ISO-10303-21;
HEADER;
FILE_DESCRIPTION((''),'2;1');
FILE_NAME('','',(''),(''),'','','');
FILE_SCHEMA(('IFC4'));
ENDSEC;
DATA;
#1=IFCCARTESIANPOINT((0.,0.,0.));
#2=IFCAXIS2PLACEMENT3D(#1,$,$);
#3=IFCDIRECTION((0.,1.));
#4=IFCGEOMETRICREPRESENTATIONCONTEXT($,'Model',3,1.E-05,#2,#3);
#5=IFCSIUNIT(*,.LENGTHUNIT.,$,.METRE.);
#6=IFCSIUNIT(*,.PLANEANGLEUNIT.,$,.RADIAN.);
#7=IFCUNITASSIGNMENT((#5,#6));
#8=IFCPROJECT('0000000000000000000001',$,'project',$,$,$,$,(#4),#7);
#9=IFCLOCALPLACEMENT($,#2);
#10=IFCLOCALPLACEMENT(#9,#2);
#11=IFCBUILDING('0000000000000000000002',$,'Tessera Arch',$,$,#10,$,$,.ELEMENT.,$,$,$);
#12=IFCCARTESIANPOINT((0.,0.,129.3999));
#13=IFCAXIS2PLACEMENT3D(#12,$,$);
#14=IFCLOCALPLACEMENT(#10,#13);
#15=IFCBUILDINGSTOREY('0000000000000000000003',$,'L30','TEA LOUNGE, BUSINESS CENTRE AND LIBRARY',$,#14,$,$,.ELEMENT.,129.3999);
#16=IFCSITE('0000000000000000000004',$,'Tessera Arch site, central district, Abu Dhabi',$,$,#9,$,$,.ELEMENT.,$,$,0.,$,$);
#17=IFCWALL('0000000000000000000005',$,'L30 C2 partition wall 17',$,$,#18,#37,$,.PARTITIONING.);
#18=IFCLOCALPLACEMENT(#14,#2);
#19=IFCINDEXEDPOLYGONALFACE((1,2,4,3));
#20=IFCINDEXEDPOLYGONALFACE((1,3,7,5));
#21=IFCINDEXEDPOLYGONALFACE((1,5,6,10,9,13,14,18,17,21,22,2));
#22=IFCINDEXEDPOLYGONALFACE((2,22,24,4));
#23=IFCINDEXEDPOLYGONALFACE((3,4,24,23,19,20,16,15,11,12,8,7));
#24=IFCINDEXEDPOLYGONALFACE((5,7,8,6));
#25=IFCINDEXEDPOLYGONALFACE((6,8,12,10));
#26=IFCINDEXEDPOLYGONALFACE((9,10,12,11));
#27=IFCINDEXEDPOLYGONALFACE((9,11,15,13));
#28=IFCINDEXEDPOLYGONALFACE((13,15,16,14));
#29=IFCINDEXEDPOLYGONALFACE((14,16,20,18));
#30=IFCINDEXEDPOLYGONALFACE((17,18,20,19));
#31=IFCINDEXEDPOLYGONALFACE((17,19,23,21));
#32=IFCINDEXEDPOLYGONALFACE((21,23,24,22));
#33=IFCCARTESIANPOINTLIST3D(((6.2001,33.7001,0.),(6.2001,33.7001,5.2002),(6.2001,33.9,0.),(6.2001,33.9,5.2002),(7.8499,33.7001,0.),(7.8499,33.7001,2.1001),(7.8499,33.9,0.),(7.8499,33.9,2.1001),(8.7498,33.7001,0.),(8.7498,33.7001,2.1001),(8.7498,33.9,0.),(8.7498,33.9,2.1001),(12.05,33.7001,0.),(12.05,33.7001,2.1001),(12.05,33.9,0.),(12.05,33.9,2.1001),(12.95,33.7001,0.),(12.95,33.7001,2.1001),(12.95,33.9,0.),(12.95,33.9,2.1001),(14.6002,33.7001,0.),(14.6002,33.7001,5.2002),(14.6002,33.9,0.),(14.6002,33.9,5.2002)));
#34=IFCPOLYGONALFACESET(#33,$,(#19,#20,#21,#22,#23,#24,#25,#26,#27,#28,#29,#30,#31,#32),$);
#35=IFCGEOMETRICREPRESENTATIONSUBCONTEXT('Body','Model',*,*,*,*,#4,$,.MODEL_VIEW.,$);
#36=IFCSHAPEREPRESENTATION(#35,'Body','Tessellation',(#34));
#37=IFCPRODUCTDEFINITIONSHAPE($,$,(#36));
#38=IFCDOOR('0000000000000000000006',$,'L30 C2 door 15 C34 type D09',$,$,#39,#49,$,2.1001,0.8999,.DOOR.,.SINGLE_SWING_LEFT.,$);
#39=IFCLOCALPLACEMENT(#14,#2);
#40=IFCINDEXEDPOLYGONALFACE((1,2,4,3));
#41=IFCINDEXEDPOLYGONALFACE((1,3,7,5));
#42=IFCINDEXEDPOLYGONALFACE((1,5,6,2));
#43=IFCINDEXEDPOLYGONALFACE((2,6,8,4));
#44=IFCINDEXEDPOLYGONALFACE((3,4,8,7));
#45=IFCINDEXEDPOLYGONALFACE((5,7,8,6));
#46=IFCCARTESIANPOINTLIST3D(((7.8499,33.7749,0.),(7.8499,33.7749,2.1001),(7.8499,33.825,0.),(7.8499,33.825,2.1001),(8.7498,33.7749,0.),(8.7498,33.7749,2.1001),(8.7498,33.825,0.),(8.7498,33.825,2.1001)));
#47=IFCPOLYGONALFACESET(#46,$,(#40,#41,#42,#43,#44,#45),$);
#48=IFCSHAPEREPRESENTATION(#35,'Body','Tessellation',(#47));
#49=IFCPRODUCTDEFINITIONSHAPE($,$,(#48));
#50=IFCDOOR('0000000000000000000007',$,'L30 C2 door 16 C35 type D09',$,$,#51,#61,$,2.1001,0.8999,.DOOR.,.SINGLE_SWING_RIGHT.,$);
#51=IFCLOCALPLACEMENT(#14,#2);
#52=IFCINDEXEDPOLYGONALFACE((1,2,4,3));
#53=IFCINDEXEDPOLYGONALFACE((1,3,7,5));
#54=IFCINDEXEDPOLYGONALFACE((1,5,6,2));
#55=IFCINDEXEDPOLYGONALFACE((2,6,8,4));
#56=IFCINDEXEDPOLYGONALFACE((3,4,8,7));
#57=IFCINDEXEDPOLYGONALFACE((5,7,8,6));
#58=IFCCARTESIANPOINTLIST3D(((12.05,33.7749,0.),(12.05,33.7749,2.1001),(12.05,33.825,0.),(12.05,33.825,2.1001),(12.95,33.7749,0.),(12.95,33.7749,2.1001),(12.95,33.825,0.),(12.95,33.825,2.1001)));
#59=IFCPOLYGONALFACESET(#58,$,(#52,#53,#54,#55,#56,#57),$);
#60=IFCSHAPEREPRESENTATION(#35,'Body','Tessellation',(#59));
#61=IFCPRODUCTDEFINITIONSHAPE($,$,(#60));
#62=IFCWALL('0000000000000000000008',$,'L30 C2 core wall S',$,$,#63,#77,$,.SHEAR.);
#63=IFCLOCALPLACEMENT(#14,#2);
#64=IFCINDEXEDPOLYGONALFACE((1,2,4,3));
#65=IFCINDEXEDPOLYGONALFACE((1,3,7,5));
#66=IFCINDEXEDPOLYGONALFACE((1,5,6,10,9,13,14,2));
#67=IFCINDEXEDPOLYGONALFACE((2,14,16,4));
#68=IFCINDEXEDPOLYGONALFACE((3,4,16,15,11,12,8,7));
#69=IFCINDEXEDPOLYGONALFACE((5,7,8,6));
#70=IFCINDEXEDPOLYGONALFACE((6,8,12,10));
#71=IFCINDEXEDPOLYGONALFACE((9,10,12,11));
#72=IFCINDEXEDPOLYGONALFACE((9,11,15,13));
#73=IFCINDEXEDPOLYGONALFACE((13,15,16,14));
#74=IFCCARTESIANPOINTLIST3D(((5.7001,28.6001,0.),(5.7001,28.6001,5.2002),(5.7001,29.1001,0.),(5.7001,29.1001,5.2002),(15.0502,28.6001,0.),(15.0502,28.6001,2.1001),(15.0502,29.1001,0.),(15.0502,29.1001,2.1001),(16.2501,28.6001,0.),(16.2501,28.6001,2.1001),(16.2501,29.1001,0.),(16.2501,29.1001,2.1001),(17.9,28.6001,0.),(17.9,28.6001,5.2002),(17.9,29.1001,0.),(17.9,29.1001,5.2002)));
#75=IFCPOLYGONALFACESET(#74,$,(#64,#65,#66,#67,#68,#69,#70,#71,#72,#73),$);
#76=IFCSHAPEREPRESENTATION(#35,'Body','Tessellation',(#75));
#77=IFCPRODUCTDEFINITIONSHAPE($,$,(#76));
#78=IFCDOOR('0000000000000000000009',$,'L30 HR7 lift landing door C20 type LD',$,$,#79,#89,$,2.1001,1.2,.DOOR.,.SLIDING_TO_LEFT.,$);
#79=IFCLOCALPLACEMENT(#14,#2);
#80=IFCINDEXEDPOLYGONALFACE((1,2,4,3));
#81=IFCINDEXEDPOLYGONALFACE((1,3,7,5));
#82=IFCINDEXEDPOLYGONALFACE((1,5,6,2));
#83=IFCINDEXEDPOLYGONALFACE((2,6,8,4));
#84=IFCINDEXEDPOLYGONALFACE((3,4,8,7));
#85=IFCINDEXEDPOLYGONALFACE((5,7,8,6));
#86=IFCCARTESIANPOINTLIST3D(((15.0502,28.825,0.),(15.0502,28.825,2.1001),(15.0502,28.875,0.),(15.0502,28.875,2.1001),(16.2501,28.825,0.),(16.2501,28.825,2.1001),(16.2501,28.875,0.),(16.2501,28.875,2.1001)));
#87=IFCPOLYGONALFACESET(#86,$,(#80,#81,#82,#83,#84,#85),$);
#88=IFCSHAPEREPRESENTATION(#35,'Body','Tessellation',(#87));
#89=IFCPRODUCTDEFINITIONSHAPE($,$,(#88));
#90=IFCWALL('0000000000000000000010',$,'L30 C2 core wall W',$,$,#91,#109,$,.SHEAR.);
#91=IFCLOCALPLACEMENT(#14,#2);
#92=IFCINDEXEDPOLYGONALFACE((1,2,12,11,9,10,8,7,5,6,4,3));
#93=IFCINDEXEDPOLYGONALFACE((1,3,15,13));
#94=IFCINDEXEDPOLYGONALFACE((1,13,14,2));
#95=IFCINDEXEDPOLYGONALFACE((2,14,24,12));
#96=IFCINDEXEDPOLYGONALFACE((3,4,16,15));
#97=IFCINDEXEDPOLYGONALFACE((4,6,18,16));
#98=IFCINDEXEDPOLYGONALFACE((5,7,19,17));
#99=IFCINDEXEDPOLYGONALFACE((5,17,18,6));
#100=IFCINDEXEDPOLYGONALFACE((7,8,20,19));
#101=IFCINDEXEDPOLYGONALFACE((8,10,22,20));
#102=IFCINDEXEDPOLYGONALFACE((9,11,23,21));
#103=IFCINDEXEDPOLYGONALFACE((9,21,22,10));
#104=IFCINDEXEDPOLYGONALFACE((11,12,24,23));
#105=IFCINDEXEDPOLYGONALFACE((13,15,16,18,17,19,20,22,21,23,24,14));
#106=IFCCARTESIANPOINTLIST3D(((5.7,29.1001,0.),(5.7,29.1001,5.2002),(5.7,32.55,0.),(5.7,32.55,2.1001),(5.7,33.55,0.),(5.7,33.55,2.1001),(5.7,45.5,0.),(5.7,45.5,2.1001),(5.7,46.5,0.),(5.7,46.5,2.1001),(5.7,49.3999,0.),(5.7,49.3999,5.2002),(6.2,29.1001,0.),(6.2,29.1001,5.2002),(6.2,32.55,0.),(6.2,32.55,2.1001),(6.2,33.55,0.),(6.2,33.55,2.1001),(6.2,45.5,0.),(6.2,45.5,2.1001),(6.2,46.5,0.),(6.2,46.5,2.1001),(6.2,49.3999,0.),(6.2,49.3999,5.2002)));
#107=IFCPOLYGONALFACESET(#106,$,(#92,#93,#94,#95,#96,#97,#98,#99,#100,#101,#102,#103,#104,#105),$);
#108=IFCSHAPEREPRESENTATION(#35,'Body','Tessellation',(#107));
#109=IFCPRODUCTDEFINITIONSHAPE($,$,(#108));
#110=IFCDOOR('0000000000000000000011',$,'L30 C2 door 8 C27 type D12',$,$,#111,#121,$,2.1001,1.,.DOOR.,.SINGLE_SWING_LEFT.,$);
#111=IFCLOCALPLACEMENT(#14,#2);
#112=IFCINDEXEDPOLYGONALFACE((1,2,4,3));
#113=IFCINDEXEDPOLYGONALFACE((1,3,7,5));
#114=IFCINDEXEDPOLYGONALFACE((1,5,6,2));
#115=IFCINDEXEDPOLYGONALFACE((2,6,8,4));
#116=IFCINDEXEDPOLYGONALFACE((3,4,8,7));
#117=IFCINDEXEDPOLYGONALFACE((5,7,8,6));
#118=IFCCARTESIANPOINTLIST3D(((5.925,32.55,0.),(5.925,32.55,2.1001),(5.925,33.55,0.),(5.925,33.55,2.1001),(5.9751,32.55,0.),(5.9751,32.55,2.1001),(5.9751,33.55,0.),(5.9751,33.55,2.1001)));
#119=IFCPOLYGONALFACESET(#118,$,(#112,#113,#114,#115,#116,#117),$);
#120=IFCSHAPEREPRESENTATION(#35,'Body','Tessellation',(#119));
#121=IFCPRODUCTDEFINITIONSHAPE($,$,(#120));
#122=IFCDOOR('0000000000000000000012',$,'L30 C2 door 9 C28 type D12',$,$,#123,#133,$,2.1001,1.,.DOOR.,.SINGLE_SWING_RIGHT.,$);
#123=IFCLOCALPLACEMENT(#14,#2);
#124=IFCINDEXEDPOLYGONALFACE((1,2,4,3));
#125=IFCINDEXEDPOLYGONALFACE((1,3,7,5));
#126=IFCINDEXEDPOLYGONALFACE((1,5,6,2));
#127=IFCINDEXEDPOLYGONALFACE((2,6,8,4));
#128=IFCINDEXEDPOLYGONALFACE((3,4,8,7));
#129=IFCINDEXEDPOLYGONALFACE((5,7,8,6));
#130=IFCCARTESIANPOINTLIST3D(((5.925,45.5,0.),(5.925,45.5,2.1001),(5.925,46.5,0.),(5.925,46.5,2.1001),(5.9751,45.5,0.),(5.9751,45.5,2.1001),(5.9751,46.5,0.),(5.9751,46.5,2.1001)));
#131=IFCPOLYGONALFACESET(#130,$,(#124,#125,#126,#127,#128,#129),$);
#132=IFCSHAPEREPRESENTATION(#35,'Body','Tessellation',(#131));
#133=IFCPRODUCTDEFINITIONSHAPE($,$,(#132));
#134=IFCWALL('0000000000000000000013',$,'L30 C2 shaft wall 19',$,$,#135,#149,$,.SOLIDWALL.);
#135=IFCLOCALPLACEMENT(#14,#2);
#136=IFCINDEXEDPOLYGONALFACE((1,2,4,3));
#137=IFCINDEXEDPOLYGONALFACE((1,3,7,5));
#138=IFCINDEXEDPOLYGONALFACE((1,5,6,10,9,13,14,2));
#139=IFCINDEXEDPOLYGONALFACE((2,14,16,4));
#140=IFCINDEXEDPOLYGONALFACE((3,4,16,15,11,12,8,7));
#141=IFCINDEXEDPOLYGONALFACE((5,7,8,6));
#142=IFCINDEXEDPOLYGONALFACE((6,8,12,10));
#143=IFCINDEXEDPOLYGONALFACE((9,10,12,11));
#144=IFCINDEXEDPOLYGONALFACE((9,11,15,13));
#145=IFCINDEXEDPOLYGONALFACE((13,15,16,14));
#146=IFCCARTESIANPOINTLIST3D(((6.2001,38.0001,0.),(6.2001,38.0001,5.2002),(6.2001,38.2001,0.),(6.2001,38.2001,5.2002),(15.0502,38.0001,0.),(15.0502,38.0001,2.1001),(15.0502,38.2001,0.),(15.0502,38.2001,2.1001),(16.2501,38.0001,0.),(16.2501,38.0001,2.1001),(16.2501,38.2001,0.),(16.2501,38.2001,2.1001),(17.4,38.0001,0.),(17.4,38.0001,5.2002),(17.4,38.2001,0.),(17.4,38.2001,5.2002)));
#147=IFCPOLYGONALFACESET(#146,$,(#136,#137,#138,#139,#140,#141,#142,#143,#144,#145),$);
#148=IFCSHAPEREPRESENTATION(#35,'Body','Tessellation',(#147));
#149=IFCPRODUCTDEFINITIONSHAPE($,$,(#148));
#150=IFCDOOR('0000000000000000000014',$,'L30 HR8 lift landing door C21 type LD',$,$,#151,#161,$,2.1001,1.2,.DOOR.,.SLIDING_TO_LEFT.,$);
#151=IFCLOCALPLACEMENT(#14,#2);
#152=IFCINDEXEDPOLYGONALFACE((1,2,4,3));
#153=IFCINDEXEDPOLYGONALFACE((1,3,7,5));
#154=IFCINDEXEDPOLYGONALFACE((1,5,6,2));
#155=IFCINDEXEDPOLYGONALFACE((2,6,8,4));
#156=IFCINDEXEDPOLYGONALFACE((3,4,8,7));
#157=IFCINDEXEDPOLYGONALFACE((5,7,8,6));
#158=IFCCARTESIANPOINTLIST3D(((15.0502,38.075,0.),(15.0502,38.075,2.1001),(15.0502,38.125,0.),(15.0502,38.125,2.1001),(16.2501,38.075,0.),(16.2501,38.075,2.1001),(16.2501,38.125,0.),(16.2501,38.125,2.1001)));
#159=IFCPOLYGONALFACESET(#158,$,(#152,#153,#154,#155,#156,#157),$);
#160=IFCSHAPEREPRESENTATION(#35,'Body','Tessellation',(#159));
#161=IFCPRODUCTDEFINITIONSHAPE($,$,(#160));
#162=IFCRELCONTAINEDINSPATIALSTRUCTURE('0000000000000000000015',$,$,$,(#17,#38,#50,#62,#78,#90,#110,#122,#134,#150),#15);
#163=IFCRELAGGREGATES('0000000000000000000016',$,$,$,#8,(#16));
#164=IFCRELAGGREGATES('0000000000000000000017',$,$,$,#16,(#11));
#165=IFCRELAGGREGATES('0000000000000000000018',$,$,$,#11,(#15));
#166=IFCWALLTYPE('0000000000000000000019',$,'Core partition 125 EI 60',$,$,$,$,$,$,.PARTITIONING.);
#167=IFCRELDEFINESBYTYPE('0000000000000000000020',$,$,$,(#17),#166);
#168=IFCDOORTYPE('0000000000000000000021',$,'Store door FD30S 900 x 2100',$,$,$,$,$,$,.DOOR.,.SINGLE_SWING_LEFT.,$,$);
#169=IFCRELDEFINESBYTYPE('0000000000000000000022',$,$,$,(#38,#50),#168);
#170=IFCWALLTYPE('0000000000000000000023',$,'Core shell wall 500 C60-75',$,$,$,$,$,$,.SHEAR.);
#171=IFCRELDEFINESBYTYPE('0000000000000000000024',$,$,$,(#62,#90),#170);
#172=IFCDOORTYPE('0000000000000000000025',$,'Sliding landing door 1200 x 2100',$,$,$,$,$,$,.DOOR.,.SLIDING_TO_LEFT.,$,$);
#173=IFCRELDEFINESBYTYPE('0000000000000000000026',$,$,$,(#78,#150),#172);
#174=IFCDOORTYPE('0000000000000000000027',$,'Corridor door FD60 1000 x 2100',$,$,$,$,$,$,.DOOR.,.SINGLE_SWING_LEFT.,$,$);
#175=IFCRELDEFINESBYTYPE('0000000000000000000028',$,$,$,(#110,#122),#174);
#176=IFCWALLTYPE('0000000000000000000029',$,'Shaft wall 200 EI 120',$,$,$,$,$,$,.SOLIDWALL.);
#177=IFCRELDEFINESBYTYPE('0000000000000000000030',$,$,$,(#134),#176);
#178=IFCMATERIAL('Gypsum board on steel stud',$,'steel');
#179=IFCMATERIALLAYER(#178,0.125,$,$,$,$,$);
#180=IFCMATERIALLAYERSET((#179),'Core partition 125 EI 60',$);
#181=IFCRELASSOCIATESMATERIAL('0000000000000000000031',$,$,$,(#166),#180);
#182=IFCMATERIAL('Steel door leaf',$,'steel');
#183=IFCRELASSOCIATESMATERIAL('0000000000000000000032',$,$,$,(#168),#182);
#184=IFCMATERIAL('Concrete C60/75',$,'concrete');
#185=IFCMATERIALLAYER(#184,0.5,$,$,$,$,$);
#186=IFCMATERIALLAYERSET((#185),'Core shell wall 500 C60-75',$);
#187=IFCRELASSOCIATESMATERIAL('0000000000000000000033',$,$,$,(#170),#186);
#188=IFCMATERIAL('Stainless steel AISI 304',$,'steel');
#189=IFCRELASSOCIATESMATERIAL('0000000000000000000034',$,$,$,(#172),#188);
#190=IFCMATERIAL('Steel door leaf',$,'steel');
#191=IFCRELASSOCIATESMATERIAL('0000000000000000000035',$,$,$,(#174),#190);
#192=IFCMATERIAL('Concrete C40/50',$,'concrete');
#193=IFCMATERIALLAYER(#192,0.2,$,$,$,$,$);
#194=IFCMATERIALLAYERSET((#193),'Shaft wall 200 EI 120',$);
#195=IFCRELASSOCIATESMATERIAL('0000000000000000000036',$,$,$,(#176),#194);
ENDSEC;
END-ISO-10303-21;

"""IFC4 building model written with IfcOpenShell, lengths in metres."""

from ifc_helpers import new_model, si_unit, direction, frame, frame_2d, origin, place, context, subcontext, project, spatial, rectangle, extrude, material, layer, layer_set, type_object, element, fill, save


model = new_model("IFC4")

# Units and contexts
model_context = context("Model", 3, precision=1e-05, world=origin(), true_north=direction((0.0, 1.0)))
body_context = subcontext(model_context, "Body", "Model", "MODEL_VIEW")
ifc_project = project(units=[si_unit("LENGTHUNIT", "METRE"), si_unit("PLANEANGLEUNIT", "RADIAN")], contexts=[model_context])

# Site, building, storey
site_placement = place(None, origin())
site = spatial("IfcSite", under=ifc_project, at=site_placement, Name="Tessera Arch site, central district, Abu Dhabi", CompositionType="ELEMENT", RefElevation=0.0)
building_placement = place(site_placement, origin())
building = spatial("IfcBuilding", under=site, at=building_placement, Name="Tessera Arch", CompositionType="ELEMENT")
storey_placement = place(building_placement, frame((0.0, 0.0, 129.3999)))
storey = spatial("IfcBuildingStorey", under=building, at=storey_placement, Name="L30", Description="TEA LOUNGE, BUSINESS CENTRE AND LIBRARY", CompositionType="ELEMENT", Elevation=129.3999)

# Shared definitions
ifc_material_1 = material(Name="Gypsum board on steel stud", Category="steel")
ifc_layer_1 = layer(ifc_material_1, 0.125)
ifc_layer_set_1 = layer_set([ifc_layer_1], Name="Core partition 125 EI 60")
wall_type_1 = type_object("IfcWallType", Name="Core partition 125 EI 60", PredefinedType="PARTITIONING", material=ifc_layer_set_1)

# Wall, openings, doors
ifc_material_2 = material(Name="Steel door leaf", Category="steel")
door_type_1 = type_object("IfcDoorType", Name="Store door FD30S 900 x 2100", OperationType="SINGLE_SWING_LEFT", PredefinedType="DOOR", material=ifc_material_2)
wall_1_placement = place(storey_placement, frame((6.2, 33.8, 0.0), z_axis=(0.0, 0.0, 1.0), x_axis=(1.0, 0.0, 0.0)))
wall_1 = element("IfcWall", 1, at=wall_1_placement, inside=storey, type_object=wall_type_1, Name="L30 C2 partition wall 17", PredefinedType="PARTITIONING", context=body_context, shape_type="SweptSolid", body=[
    extrude(rectangle(XDim=8.4001, YDim=0.2, at=frame_2d((4.2002, 0.0))), origin(), (0.0, 0.0, 1.0), 5.2002),
])
opening_1_placement = place(wall_1_placement, frame((1.6499, 0.0, 0.0)))
opening_1 = element("IfcOpeningElement", 2, at=opening_1_placement, cuts=wall_1, PredefinedType="OPENING", context=body_context, shape_type="SweptSolid", body=[
    extrude(rectangle(XDim=0.8999, YDim=2.1001, at=frame_2d((0.45, 1.05))), frame((0.0, 0.1099, 0.0), z_axis=(0.0, -1.0, 0.0), x_axis=(1.0, 0.0, 0.0)), (0.0, 0.0, 1.0), 0.22),
])
opening_2_placement = place(wall_1_placement, frame((5.8501, 0.0, 0.0)))
opening_2 = element("IfcOpeningElement", 3, at=opening_2_placement, cuts=wall_1, PredefinedType="OPENING", context=body_context, shape_type="SweptSolid", body=[
    extrude(rectangle(XDim=0.8999, YDim=2.1001, at=frame_2d((0.45, 1.05))), frame((0.0, 0.1099, 0.0), z_axis=(0.0, -1.0, 0.0), x_axis=(1.0, 0.0, 0.0)), (0.0, 0.0, 1.0), 0.22),
])
door_1_placement = place(opening_1_placement, origin())
door_1 = element("IfcDoor", 4, at=door_1_placement, inside=storey, type_object=door_type_1, Name="L30 C2 door 15 C34 type D09", OperationType="SINGLE_SWING_LEFT", OverallHeight=2.1001, OverallWidth=0.8999, PredefinedType="DOOR", context=body_context, shape_type="SweptSolid", body=[
    extrude(rectangle(XDim=0.8999, YDim=2.1001, at=frame_2d((0.45, 1.05))), frame((0.0, 0.0249, 0.0), z_axis=(0.0, -1.0, 0.0), x_axis=(1.0, 0.0, 0.0)), (0.0, 0.0, 1.0), 0.05),
])
fill(opening_1, door_1)
door_2_placement = place(opening_2_placement, origin())
door_2 = element("IfcDoor", 5, at=door_2_placement, inside=storey, type_object=door_type_1, Name="L30 C2 door 16 C35 type D09", OperationType="SINGLE_SWING_RIGHT", OverallHeight=2.1001, OverallWidth=0.8999, PredefinedType="DOOR", context=body_context, shape_type="SweptSolid", body=[
    extrude(rectangle(XDim=0.8999, YDim=2.1001, at=frame_2d((0.45, 1.05))), frame((0.0, 0.0249, 0.0), z_axis=(0.0, -1.0, 0.0), x_axis=(1.0, 0.0, 0.0)), (0.0, 0.0, 1.0), 0.05),
])
fill(opening_2, door_2)

# Wall, opening, door
ifc_material_3 = material(Name="Concrete C60/75", Category="concrete")
ifc_layer_2 = layer(ifc_material_3, 0.5)
ifc_layer_set_2 = layer_set([ifc_layer_2], Name="Core shell wall 500 C60-75")
wall_type_2 = type_object("IfcWallType", Name="Core shell wall 500 C60-75", PredefinedType="SHEAR", material=ifc_layer_set_2)
wall_2_placement = place(storey_placement, frame((5.7, 28.8501, 0.0), z_axis=(0.0, 0.0, 1.0), x_axis=(1.0, 0.0, 0.0)))
wall_2 = element("IfcWall", 6, at=wall_2_placement, inside=storey, type_object=wall_type_2, Name="L30 C2 core wall S", PredefinedType="SHEAR", context=body_context, shape_type="SweptSolid", body=[
    extrude(rectangle(XDim=12.2, YDim=0.5, at=frame_2d((6.1001, 0.0))), origin(), (0.0, 0.0, 1.0), 5.2002),
])
opening_3_placement = place(wall_2_placement, frame((9.3501, 0.0, 0.0)))
opening_3 = element("IfcOpeningElement", 7, at=opening_3_placement, cuts=wall_2, PredefinedType="OPENING", context=body_context, shape_type="SweptSolid", body=[
    extrude(rectangle(XDim=1.2, YDim=2.1001, at=frame_2d((0.6001, 1.05))), frame((0.0, 0.26, 0.0), z_axis=(0.0, -1.0, 0.0), x_axis=(1.0, 0.0, 0.0)), (0.0, 0.0, 1.0), 0.52),
])
ifc_material_4 = material(Name="Stainless steel AISI 304", Category="steel")
door_type_2 = type_object("IfcDoorType", Name="Sliding landing door 1200 x 2100", OperationType="SLIDING_TO_LEFT", PredefinedType="DOOR", material=ifc_material_4)
door_3_placement = place(opening_3_placement, origin())
door_3 = element("IfcDoor", 8, at=door_3_placement, inside=storey, type_object=door_type_2, Name="L30 HR7 lift landing door C20 type LD", OperationType="SLIDING_TO_LEFT", OverallHeight=2.1001, OverallWidth=1.2, PredefinedType="DOOR", context=body_context, shape_type="SweptSolid", body=[
    extrude(rectangle(XDim=1.2, YDim=2.1001, at=frame_2d((0.6001, 1.05))), frame((0.0, 0.0249, 0.0), z_axis=(0.0, -1.0, 0.0), x_axis=(1.0, 0.0, 0.0)), (0.0, 0.0, 1.0), 0.05),
])
fill(opening_3, door_3)

# Wall, openings, doors
wall_3_placement = place(storey_placement, frame((5.95, 29.1001, 0.0), z_axis=(0.0, 0.0, 1.0), x_axis=(0.0, 1.0, 0.0)))
wall_3 = element("IfcWall", 9, at=wall_3_placement, inside=storey, type_object=wall_type_2, Name="L30 C2 core wall W", PredefinedType="SHEAR", context=body_context, shape_type="SweptSolid", body=[
    extrude(rectangle(XDim=20.2998, YDim=0.5, at=frame_2d((10.1499, 0.0))), origin(), (0.0, 0.0, 1.0), 5.2002),
])
opening_4_placement = place(wall_3_placement, frame((3.45, 0.0, 0.0)))
opening_4 = element("IfcOpeningElement", 10, at=opening_4_placement, cuts=wall_3, PredefinedType="OPENING", context=body_context, shape_type="SweptSolid", body=[
    extrude(rectangle(XDim=1.0, YDim=2.1001, at=frame_2d((0.5, 1.05))), frame((0.0, 0.26, 0.0), z_axis=(0.0, -1.0, 0.0), x_axis=(1.0, 0.0, 0.0)), (0.0, 0.0, 1.0), 0.52),
])
opening_5_placement = place(wall_3_placement, frame((16.3999, 0.0, 0.0)))
opening_5 = element("IfcOpeningElement", 11, at=opening_5_placement, cuts=wall_3, PredefinedType="OPENING", context=body_context, shape_type="SweptSolid", body=[
    extrude(rectangle(XDim=1.0, YDim=2.1001, at=frame_2d((0.5, 1.05))), frame((0.0, 0.26, 0.0), z_axis=(0.0, -1.0, 0.0), x_axis=(1.0, 0.0, 0.0)), (0.0, 0.0, 1.0), 0.52),
])
ifc_material_5 = material(Name="Steel door leaf", Category="steel")
door_type_3 = type_object("IfcDoorType", Name="Corridor door FD60 1000 x 2100", OperationType="SINGLE_SWING_LEFT", PredefinedType="DOOR", material=ifc_material_5)
door_4_placement = place(opening_4_placement, origin())
door_4 = element("IfcDoor", 12, at=door_4_placement, inside=storey, type_object=door_type_3, Name="L30 C2 door 8 C27 type D12", OperationType="SINGLE_SWING_LEFT", OverallHeight=2.1001, OverallWidth=1.0, PredefinedType="DOOR", context=body_context, shape_type="SweptSolid", body=[
    extrude(rectangle(XDim=1.0, YDim=2.1001, at=frame_2d((0.5, 1.05))), frame((0.0, 0.0249, 0.0), z_axis=(0.0, -1.0, 0.0), x_axis=(1.0, 0.0, 0.0)), (0.0, 0.0, 1.0), 0.05),
])
fill(opening_4, door_4)
door_5_placement = place(opening_5_placement, origin())
door_5 = element("IfcDoor", 13, at=door_5_placement, inside=storey, type_object=door_type_3, Name="L30 C2 door 9 C28 type D12", OperationType="SINGLE_SWING_RIGHT", OverallHeight=2.1001, OverallWidth=1.0, PredefinedType="DOOR", context=body_context, shape_type="SweptSolid", body=[
    extrude(rectangle(XDim=1.0, YDim=2.1001, at=frame_2d((0.5, 1.05))), frame((0.0, 0.0249, 0.0), z_axis=(0.0, -1.0, 0.0), x_axis=(1.0, 0.0, 0.0)), (0.0, 0.0, 1.0), 0.05),
])
fill(opening_5, door_5)

# Wall, opening, door
ifc_material_6 = material(Name="Concrete C40/50", Category="concrete")
ifc_layer_3 = layer(ifc_material_6, 0.2)
ifc_layer_set_3 = layer_set([ifc_layer_3], Name="Shaft wall 200 EI 120")
wall_type_3 = type_object("IfcWallType", Name="Shaft wall 200 EI 120", PredefinedType="SOLIDWALL", material=ifc_layer_set_3)
wall_4_placement = place(storey_placement, frame((6.2, 38.1001, 0.0), z_axis=(0.0, 0.0, 1.0), x_axis=(1.0, 0.0, 0.0)))
wall_4 = element("IfcWall", 14, at=wall_4_placement, inside=storey, type_object=wall_type_3, Name="L30 C2 shaft wall 19", PredefinedType="SOLIDWALL", context=body_context, shape_type="SweptSolid", body=[
    extrude(rectangle(XDim=11.2, YDim=0.2, at=frame_2d((5.6001, 0.0))), origin(), (0.0, 0.0, 1.0), 5.2002),
])
opening_6_placement = place(wall_4_placement, frame((8.8501, 0.0, 0.0)))
opening_6 = element("IfcOpeningElement", 15, at=opening_6_placement, cuts=wall_4, PredefinedType="OPENING", context=body_context, shape_type="SweptSolid", body=[
    extrude(rectangle(XDim=1.2, YDim=2.1001, at=frame_2d((0.6001, 1.05))), frame((0.0, 0.1099, 0.0), z_axis=(0.0, -1.0, 0.0), x_axis=(1.0, 0.0, 0.0)), (0.0, 0.0, 1.0), 0.22),
])
door_6_placement = place(opening_6_placement, origin())
door_6 = element("IfcDoor", 16, at=door_6_placement, inside=storey, type_object=door_type_2, Name="L30 HR8 lift landing door C21 type LD", OperationType="SLIDING_TO_LEFT", OverallHeight=2.1001, OverallWidth=1.2, PredefinedType="DOOR", context=body_context, shape_type="SweptSolid", body=[
    extrude(rectangle(XDim=1.2, YDim=2.1001, at=frame_2d((0.6001, 1.05))), frame((0.0, 0.0249, 0.0), z_axis=(0.0, -1.0, 0.0), x_axis=(1.0, 0.0, 0.0)), (0.0, 0.0, 1.0), 0.05),
])
fill(opening_6, door_6)

save(model, "model.ifc")
